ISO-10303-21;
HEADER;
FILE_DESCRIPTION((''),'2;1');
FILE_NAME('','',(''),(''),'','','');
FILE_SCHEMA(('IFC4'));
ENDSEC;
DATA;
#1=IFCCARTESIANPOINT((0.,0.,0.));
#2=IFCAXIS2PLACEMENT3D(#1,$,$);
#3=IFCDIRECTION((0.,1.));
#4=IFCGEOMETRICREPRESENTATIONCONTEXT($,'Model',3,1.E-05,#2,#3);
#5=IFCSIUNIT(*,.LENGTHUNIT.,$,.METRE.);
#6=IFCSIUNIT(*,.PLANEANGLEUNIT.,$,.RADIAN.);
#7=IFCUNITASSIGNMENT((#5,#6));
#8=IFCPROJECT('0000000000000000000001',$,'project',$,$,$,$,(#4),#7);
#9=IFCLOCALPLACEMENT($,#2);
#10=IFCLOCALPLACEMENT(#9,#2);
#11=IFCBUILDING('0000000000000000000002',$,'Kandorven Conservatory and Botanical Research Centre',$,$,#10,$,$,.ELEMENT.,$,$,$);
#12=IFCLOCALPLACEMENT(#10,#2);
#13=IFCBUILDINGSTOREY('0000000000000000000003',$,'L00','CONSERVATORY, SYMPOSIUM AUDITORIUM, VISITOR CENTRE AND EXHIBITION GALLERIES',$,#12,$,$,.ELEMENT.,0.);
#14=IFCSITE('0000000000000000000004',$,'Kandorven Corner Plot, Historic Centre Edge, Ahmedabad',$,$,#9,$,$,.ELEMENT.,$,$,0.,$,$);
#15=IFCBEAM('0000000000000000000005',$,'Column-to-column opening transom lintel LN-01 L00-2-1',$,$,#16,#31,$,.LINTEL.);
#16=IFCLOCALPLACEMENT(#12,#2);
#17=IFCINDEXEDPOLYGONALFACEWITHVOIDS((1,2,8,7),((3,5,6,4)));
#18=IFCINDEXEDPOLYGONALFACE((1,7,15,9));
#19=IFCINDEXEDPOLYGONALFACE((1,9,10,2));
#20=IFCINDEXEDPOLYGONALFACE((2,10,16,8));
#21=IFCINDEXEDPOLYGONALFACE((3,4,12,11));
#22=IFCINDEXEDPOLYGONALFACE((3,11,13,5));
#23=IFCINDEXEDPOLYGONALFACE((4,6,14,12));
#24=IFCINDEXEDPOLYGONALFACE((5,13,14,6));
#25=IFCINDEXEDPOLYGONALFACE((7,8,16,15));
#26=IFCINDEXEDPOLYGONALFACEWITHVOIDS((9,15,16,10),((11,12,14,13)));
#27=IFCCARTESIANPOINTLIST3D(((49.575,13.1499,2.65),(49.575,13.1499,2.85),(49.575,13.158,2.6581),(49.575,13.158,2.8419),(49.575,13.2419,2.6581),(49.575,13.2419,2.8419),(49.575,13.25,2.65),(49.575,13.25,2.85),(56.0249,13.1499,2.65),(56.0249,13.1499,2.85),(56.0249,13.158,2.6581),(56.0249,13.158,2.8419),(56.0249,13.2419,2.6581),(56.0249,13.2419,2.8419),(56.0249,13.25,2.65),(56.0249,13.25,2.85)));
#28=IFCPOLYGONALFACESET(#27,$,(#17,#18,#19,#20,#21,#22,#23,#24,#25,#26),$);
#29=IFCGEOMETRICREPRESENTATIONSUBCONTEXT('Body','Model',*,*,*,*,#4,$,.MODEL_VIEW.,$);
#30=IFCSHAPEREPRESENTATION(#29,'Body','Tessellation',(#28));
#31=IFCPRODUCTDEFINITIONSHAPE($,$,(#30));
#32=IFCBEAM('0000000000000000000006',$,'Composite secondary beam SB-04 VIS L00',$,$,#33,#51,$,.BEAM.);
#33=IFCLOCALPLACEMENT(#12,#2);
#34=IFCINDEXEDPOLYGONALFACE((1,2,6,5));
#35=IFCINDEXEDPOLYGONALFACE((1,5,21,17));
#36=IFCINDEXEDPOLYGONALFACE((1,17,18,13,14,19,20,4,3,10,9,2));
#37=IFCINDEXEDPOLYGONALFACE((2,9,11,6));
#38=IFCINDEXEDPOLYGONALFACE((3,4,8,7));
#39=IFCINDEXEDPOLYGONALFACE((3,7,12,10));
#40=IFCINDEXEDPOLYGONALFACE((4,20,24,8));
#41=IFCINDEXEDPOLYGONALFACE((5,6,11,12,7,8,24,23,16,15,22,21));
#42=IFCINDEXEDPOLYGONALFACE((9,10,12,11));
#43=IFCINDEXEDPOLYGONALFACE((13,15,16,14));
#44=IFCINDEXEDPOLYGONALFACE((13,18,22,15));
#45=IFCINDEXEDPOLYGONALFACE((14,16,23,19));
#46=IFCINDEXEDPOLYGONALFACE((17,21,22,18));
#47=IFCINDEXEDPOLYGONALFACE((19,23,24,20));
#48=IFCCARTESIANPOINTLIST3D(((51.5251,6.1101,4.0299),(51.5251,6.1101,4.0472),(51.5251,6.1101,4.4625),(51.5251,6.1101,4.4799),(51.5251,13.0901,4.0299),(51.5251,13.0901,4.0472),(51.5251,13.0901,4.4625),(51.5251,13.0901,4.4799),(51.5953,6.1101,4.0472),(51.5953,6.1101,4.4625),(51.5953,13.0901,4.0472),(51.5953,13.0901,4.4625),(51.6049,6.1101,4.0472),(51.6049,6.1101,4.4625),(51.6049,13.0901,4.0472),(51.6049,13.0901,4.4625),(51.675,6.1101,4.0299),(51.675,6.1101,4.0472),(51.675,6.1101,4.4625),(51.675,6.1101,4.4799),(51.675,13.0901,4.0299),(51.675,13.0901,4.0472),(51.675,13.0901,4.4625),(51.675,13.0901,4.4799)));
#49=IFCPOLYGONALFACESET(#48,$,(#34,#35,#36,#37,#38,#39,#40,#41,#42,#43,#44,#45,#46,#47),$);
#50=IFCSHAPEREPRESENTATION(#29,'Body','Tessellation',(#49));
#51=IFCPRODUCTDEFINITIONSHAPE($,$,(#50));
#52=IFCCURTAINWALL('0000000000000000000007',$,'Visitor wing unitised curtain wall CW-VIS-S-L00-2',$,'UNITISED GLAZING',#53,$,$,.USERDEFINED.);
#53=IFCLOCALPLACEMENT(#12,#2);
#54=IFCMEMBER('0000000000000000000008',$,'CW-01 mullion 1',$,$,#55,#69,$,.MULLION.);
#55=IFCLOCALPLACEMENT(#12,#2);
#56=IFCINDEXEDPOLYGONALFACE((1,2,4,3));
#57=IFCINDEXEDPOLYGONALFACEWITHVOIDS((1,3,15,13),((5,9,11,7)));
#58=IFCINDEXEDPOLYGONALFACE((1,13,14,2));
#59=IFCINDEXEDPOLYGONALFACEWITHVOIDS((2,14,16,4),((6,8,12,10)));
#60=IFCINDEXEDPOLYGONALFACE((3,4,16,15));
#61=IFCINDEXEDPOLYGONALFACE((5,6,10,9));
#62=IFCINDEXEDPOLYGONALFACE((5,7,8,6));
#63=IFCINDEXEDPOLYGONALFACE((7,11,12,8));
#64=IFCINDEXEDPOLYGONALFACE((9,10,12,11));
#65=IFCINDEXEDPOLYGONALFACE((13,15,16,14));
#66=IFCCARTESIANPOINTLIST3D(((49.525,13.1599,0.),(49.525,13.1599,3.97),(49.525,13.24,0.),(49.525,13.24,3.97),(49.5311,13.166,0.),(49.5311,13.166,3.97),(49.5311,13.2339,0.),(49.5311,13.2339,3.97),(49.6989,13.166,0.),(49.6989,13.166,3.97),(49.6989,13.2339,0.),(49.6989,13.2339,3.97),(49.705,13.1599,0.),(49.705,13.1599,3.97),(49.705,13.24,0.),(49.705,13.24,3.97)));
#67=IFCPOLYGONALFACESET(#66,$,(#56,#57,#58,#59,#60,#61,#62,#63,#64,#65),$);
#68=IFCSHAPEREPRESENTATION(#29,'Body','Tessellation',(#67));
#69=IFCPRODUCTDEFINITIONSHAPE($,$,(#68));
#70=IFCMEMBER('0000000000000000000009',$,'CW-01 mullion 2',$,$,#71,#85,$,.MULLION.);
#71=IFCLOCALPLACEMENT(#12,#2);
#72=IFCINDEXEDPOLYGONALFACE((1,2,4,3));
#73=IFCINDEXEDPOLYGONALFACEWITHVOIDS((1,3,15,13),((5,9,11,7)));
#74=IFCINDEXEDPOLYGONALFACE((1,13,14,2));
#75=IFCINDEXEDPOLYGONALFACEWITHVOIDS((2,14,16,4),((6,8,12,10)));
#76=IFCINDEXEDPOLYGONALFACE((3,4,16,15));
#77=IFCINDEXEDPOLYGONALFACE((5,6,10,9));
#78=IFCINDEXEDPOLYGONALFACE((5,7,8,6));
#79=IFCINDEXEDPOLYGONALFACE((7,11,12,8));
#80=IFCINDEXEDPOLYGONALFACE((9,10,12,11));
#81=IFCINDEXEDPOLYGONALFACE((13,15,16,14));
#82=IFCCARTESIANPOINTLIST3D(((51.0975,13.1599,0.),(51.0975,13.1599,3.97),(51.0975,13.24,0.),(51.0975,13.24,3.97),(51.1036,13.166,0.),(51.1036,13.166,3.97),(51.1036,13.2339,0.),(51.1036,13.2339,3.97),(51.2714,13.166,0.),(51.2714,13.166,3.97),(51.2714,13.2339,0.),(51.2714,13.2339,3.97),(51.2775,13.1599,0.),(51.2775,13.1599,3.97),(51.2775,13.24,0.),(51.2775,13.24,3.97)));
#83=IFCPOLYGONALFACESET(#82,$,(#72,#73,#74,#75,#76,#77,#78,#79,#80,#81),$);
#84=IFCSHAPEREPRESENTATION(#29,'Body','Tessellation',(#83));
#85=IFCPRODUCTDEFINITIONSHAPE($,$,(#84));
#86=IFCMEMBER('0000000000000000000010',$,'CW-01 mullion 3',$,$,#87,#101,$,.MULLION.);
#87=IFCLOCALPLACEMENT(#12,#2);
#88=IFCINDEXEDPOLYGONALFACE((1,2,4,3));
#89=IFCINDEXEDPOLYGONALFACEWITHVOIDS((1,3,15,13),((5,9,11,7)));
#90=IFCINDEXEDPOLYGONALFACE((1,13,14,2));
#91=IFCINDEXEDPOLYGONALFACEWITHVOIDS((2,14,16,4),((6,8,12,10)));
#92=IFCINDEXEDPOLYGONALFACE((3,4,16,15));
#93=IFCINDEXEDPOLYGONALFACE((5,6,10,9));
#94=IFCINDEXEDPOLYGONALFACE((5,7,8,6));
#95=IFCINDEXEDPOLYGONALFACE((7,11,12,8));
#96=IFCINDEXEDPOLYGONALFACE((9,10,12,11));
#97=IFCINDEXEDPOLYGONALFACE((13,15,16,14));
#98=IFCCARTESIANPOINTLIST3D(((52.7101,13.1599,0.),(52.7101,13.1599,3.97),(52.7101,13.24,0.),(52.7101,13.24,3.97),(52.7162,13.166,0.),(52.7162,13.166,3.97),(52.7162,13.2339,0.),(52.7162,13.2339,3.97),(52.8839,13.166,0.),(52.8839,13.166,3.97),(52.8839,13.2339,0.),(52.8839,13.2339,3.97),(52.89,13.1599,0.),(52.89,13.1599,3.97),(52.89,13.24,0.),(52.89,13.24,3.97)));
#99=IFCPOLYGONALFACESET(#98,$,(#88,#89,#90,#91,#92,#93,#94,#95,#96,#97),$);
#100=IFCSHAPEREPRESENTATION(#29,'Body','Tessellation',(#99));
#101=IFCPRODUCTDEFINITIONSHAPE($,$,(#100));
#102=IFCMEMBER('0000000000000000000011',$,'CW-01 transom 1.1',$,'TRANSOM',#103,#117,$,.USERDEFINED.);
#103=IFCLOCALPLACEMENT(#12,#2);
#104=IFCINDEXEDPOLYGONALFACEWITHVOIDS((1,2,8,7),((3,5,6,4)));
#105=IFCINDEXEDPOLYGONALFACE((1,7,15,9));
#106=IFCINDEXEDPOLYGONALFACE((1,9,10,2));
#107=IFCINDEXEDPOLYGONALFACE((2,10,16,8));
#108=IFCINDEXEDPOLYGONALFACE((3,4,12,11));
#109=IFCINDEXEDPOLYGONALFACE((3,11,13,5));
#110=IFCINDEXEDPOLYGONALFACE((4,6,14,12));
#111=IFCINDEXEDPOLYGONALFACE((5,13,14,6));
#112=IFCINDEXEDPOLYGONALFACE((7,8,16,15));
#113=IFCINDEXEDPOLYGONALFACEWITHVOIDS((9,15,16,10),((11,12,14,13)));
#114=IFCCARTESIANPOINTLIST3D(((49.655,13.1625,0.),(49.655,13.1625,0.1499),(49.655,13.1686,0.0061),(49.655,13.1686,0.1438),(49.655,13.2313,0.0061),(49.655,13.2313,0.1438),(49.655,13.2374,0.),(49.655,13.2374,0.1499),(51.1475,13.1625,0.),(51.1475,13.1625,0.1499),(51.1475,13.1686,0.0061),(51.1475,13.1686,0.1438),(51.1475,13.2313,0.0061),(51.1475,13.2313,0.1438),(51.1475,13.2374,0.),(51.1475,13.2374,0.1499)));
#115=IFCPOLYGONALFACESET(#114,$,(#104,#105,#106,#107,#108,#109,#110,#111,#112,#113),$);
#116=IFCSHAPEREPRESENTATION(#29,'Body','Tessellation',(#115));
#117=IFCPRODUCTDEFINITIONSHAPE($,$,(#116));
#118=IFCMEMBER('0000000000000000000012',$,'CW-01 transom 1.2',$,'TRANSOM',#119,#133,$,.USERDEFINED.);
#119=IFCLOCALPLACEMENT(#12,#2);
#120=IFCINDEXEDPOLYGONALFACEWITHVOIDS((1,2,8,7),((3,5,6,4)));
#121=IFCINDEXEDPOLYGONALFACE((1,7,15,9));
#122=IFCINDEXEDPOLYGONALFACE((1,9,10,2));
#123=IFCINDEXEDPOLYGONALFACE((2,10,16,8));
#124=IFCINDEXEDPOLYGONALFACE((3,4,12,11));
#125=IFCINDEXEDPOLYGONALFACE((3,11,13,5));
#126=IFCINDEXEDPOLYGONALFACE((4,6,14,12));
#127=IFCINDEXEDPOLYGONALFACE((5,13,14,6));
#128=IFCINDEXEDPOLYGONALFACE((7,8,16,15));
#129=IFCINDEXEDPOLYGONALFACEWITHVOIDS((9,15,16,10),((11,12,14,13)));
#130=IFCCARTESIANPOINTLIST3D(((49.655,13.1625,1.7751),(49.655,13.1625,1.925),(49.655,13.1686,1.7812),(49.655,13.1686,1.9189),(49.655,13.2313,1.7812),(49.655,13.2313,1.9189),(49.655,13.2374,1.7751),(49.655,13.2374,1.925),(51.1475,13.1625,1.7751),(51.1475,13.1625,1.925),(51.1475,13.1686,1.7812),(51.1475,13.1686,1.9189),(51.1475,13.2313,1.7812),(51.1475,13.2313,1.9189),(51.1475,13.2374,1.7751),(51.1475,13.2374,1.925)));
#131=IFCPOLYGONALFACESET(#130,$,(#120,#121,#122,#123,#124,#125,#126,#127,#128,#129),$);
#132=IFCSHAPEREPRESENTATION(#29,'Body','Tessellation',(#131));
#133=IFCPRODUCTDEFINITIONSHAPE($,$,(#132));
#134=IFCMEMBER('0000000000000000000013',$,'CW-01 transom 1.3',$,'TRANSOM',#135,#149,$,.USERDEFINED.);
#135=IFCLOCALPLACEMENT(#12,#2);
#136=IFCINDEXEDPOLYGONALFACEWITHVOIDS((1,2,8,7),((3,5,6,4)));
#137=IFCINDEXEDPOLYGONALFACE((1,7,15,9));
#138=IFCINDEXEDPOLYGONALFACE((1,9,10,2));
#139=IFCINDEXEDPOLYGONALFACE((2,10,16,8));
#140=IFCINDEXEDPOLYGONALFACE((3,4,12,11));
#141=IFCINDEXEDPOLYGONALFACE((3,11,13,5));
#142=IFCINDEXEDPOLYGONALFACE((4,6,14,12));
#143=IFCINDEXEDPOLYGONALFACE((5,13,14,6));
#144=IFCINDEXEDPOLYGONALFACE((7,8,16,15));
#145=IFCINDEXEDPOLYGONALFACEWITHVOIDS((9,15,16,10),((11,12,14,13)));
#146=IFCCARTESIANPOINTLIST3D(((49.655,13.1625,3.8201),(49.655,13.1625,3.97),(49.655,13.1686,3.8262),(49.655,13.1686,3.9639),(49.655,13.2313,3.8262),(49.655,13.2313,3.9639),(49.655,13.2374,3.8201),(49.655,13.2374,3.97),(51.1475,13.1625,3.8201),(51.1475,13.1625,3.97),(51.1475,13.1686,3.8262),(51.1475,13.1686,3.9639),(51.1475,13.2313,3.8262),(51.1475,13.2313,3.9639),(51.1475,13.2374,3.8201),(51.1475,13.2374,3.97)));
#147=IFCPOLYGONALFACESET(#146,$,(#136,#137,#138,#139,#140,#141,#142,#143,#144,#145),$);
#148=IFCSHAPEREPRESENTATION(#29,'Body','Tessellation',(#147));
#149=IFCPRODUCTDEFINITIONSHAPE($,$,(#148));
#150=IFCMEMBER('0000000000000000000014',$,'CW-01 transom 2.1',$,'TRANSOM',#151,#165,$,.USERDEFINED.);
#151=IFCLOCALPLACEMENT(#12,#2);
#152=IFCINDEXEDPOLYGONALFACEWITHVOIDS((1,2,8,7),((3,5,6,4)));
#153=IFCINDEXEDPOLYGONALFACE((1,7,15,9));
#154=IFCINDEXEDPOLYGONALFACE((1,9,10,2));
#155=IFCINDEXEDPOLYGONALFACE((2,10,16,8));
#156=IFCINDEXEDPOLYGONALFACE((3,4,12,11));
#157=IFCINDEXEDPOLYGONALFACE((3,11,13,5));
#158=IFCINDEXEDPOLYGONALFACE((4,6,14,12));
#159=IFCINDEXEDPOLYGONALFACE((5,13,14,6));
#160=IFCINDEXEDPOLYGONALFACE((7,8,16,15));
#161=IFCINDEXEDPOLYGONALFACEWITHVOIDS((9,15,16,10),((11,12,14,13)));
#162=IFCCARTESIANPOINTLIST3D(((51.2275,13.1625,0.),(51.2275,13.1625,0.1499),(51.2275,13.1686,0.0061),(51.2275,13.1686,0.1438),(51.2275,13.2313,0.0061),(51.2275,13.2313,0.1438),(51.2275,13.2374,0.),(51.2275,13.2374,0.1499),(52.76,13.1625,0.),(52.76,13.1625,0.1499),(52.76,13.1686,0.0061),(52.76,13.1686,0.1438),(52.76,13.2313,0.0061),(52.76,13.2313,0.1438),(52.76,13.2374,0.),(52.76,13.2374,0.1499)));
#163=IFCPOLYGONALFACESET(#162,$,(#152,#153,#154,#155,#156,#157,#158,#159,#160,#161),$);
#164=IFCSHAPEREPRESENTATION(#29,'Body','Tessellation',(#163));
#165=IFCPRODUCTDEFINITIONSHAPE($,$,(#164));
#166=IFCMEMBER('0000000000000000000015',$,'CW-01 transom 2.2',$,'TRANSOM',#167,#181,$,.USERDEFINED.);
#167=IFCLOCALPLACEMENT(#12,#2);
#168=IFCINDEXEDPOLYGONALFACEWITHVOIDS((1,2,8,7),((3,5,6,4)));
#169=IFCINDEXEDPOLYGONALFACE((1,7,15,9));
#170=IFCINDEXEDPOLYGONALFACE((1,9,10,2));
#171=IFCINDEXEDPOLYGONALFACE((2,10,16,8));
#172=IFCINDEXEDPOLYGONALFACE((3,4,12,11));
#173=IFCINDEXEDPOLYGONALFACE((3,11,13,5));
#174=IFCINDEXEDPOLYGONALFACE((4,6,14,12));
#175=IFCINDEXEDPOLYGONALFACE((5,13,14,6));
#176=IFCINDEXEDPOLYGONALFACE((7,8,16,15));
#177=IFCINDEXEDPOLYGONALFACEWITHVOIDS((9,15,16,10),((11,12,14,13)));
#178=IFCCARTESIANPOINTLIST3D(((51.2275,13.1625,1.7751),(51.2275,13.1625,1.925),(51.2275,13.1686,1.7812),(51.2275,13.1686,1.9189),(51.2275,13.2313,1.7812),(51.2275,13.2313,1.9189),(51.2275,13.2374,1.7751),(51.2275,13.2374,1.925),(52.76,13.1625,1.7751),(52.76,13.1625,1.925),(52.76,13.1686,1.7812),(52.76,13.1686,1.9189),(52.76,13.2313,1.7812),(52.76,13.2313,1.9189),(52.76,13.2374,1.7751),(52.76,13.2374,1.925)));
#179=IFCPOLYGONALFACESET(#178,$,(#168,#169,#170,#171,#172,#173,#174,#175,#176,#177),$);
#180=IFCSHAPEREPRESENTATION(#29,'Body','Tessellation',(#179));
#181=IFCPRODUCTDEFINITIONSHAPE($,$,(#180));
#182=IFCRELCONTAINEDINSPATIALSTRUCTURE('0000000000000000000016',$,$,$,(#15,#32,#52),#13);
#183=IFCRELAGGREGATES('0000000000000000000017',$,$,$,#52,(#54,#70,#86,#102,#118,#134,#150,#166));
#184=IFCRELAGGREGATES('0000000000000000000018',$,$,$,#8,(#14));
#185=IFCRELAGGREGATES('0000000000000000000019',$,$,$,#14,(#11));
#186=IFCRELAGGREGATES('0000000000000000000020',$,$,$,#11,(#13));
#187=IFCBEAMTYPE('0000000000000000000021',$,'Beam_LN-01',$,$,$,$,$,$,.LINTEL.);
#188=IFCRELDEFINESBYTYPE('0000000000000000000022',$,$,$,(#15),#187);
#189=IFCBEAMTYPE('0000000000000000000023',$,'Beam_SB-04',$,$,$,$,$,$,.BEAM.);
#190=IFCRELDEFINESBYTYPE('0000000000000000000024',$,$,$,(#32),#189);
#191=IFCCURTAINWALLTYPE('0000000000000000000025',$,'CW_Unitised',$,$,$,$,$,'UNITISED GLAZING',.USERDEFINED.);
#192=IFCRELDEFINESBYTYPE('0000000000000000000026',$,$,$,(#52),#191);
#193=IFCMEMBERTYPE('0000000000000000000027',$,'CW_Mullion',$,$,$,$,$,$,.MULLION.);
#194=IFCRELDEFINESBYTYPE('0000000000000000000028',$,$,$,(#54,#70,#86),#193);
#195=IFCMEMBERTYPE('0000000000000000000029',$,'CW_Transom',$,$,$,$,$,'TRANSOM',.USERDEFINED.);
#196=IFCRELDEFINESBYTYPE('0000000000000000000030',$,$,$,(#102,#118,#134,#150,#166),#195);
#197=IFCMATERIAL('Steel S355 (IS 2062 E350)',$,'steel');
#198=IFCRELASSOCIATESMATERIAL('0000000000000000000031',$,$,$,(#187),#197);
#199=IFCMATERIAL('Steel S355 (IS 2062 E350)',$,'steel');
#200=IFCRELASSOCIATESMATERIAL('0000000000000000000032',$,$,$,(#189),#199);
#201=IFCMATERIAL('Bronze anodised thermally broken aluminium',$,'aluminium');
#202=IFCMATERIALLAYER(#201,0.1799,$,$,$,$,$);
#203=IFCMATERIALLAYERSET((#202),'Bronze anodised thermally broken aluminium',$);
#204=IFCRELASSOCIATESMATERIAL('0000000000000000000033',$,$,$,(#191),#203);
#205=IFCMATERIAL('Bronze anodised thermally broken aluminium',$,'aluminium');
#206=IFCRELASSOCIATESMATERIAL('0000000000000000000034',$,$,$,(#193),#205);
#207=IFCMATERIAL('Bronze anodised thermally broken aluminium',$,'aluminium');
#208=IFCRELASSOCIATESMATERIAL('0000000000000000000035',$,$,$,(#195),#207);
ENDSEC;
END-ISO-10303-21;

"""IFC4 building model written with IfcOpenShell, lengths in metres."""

from ifc_helpers import new_model, si_unit, direction, frame, origin, origin_2d, place, context, subcontext, project, spatial, hollow_rectangle, i_section, extrude, material, layer, layer_set, material_profile, profile_set, type_object, element, aggregate, save


model = new_model("IFC4")

# Units and contexts
model_context = context("Model", 3, precision=1e-05, world=origin(), true_north=direction((0.0, 1.0)))
body_context = subcontext(model_context, "Body", "Model", "MODEL_VIEW")
ifc_project = project(units=[si_unit("LENGTHUNIT", "METRE"), si_unit("PLANEANGLEUNIT", "RADIAN")], contexts=[model_context])

# Site, building, storey
site_placement = place(None, origin())
site = spatial("IfcSite", under=ifc_project, at=site_placement, Name="Kandorven Corner Plot, Historic Centre Edge, Ahmedabad", CompositionType="ELEMENT", RefElevation=0.0)
building_placement = place(site_placement, origin())
building = spatial("IfcBuilding", under=site, at=building_placement, Name="Kandorven Conservatory and Botanical Research Centre", CompositionType="ELEMENT")
storey_placement = place(building_placement, origin())
storey = spatial("IfcBuildingStorey", under=building, at=storey_placement, Name="L00", Description="CONSERVATORY, SYMPOSIUM AUDITORIUM, VISITOR CENTRE AND EXHIBITION GALLERIES", CompositionType="ELEMENT", Elevation=0.0)

# Beams
ifc_material_1 = material(Name="Steel S355 (IS 2062 E350)", Category="steel")
ifc_material_profile_1 = material_profile(ifc_material_1, hollow_rectangle(XDim=0.1001, YDim=0.2, WallThickness=0.0081, at=origin_2d()))
ifc_profile_set_1 = profile_set([ifc_material_profile_1], Name="Steel S355 (IS 2062 E350)")
beam_type_1 = type_object("IfcBeamType", Name="Beam_LN-01", PredefinedType="LINTEL", material=ifc_profile_set_1)
beam_1_placement = place(storey_placement, frame((49.575, 13.2, 2.75), z_axis=(1.0, 0.0, 0.0), x_axis=(0.0, 1.0, 0.0)))
element("IfcBeam", 1, at=beam_1_placement, inside=storey, type_object=beam_type_1, Name="Column-to-column opening transom lintel LN-01 L00-2-1", PredefinedType="LINTEL", context=body_context, shape_type="SweptSolid", body=[
    extrude(hollow_rectangle(XDim=0.1001, YDim=0.2, WallThickness=0.0081, at=origin_2d()), origin(), (0.0, 0.0, 1.0), 6.45),
])
ifc_material_2 = material(Name="Steel S355 (IS 2062 E350)", Category="steel")
ifc_material_profile_2 = material_profile(ifc_material_2, i_section(OverallWidth=0.1499, OverallDepth=0.45, WebThickness=0.0095, FlangeThickness=0.0173, at=origin_2d()))
ifc_profile_set_2 = profile_set([ifc_material_profile_2], Name="Steel S355 (IS 2062 E350)")
beam_type_2 = type_object("IfcBeamType", Name="Beam_SB-04", PredefinedType="BEAM", material=ifc_profile_set_2)
beam_2_placement = place(storey_placement, frame((51.6001, 6.1101, 4.2549), z_axis=(0.0, 1.0, 0.0), x_axis=(-1.0, 0.0, 0.0)))
element("IfcBeam", 2, at=beam_2_placement, inside=storey, type_object=beam_type_2, Name="Composite secondary beam SB-04 VIS L00", PredefinedType="BEAM", context=body_context, shape_type="SweptSolid", body=[
    extrude(i_section(OverallWidth=0.1499, OverallDepth=0.45, WebThickness=0.0095, FlangeThickness=0.0173, at=origin_2d()), origin(), (0.0, 0.0, 1.0), 6.98),
])

# Curtain wall, members
ifc_material_3 = material(Name="Bronze anodised thermally broken aluminium", Category="aluminium")
ifc_layer_1 = layer(ifc_material_3, 0.1799)
ifc_layer_set_1 = layer_set([ifc_layer_1], Name="Bronze anodised thermally broken aluminium")
curtain_wall_type = type_object("IfcCurtainWallType", Name="CW_Unitised", ElementType="UNITISED GLAZING", PredefinedType="USERDEFINED", material=ifc_layer_set_1)
curtain_wall_placement = place(storey_placement, origin())
curtain_wall = element("IfcCurtainWall", 3, at=curtain_wall_placement, inside=storey, type_object=curtain_wall_type, Name="Visitor wing unitised curtain wall CW-VIS-S-L00-2", ObjectType="UNITISED GLAZING", PredefinedType="USERDEFINED")
ifc_material_4 = material(Name="Bronze anodised thermally broken aluminium", Category="aluminium")
ifc_material_profile_3 = material_profile(ifc_material_4, hollow_rectangle(XDim=0.0801, YDim=0.1799, WallThickness=0.0061, at=origin_2d()))
ifc_profile_set_3 = profile_set([ifc_material_profile_3], Name="Bronze anodised thermally broken aluminium")
member_type_1 = type_object("IfcMemberType", Name="CW_Mullion", PredefinedType="MULLION", material=ifc_profile_set_3)
member_1_placement = place(storey_placement, frame((49.615, 13.2, 0.0), z_axis=(0.0, 0.0, 1.0), x_axis=(0.0, 1.0, 0.0)))
member_1 = element("IfcMember", 4, at=member_1_placement, type_object=member_type_1, Name="CW-01 mullion 1", PredefinedType="MULLION", context=body_context, shape_type="SweptSolid", body=[
    extrude(hollow_rectangle(XDim=0.0801, YDim=0.1799, WallThickness=0.0061, at=origin_2d()), origin(), (0.0, 0.0, 1.0), 3.97),
])
member_2_placement = place(storey_placement, frame((51.1875, 13.2, 0.0), z_axis=(0.0, 0.0, 1.0), x_axis=(0.0, 1.0, 0.0)))
member_2 = element("IfcMember", 5, at=member_2_placement, type_object=member_type_1, Name="CW-01 mullion 2", PredefinedType="MULLION", context=body_context, shape_type="SweptSolid", body=[
    extrude(hollow_rectangle(XDim=0.0801, YDim=0.1799, WallThickness=0.0061, at=origin_2d()), origin(), (0.0, 0.0, 1.0), 3.97),
])
member_3_placement = place(storey_placement, frame((52.8, 13.2, 0.0), z_axis=(0.0, 0.0, 1.0), x_axis=(0.0, 1.0, 0.0)))
member_3 = element("IfcMember", 6, at=member_3_placement, type_object=member_type_1, Name="CW-01 mullion 3", PredefinedType="MULLION", context=body_context, shape_type="SweptSolid", body=[
    extrude(hollow_rectangle(XDim=0.0801, YDim=0.1799, WallThickness=0.0061, at=origin_2d()), origin(), (0.0, 0.0, 1.0), 3.97),
])
ifc_material_5 = material(Name="Bronze anodised thermally broken aluminium", Category="aluminium")
ifc_material_profile_4 = material_profile(ifc_material_5, hollow_rectangle(XDim=0.075, YDim=0.1499, WallThickness=0.0061, at=origin_2d()))
ifc_profile_set_4 = profile_set([ifc_material_profile_4], Name="Bronze anodised thermally broken aluminium")
member_type_2 = type_object("IfcMemberType", Name="CW_Transom", ElementType="TRANSOM", PredefinedType="USERDEFINED", material=ifc_profile_set_4)
member_4_placement = place(storey_placement, frame((49.655, 13.2, 0.075), z_axis=(1.0, 0.0, 0.0), x_axis=(0.0, 1.0, 0.0)))
member_4 = element("IfcMember", 7, at=member_4_placement, type_object=member_type_2, Name="CW-01 transom 1.1", ObjectType="TRANSOM", PredefinedType="USERDEFINED", context=body_context, shape_type="SweptSolid", body=[
    extrude(hollow_rectangle(XDim=0.075, YDim=0.1499, WallThickness=0.0061, at=origin_2d()), origin(), (0.0, 0.0, 1.0), 1.4924),
])
member_5_placement = place(storey_placement, frame((49.655, 13.2, 1.8501), z_axis=(1.0, 0.0, 0.0), x_axis=(0.0, 1.0, 0.0)))
member_5 = element("IfcMember", 8, at=member_5_placement, type_object=member_type_2, Name="CW-01 transom 1.2", ObjectType="TRANSOM", PredefinedType="USERDEFINED", context=body_context, shape_type="SweptSolid", body=[
    extrude(hollow_rectangle(XDim=0.075, YDim=0.1499, WallThickness=0.0061, at=origin_2d()), origin(), (0.0, 0.0, 1.0), 1.4924),
])
member_6_placement = place(storey_placement, frame((49.655, 13.2, 3.895), z_axis=(1.0, 0.0, 0.0), x_axis=(0.0, 1.0, 0.0)))
member_6 = element("IfcMember", 9, at=member_6_placement, type_object=member_type_2, Name="CW-01 transom 1.3", ObjectType="TRANSOM", PredefinedType="USERDEFINED", context=body_context, shape_type="SweptSolid", body=[
    extrude(hollow_rectangle(XDim=0.075, YDim=0.1499, WallThickness=0.0061, at=origin_2d()), origin(), (0.0, 0.0, 1.0), 1.4924),
])
member_7_placement = place(storey_placement, frame((51.2275, 13.2, 0.075), z_axis=(1.0, 0.0, 0.0), x_axis=(0.0, 1.0, 0.0)))
member_7 = element("IfcMember", 10, at=member_7_placement, type_object=member_type_2, Name="CW-01 transom 2.1", ObjectType="TRANSOM", PredefinedType="USERDEFINED", context=body_context, shape_type="SweptSolid", body=[
    extrude(hollow_rectangle(XDim=0.075, YDim=0.1499, WallThickness=0.0061, at=origin_2d()), origin(), (0.0, 0.0, 1.0), 1.5325),
])
member_8_placement = place(storey_placement, frame((51.2275, 13.2, 1.8501), z_axis=(1.0, 0.0, 0.0), x_axis=(0.0, 1.0, 0.0)))
member_8 = element("IfcMember", 11, at=member_8_placement, type_object=member_type_2, Name="CW-01 transom 2.2", ObjectType="TRANSOM", PredefinedType="USERDEFINED", context=body_context, shape_type="SweptSolid", body=[
    extrude(hollow_rectangle(XDim=0.075, YDim=0.1499, WallThickness=0.0061, at=origin_2d()), origin(), (0.0, 0.0, 1.0), 1.5325),
])
aggregate(curtain_wall, [member_1, member_2, member_3, member_4, member_5, member_6, member_7, member_8])

save(model, "model.ifc")
